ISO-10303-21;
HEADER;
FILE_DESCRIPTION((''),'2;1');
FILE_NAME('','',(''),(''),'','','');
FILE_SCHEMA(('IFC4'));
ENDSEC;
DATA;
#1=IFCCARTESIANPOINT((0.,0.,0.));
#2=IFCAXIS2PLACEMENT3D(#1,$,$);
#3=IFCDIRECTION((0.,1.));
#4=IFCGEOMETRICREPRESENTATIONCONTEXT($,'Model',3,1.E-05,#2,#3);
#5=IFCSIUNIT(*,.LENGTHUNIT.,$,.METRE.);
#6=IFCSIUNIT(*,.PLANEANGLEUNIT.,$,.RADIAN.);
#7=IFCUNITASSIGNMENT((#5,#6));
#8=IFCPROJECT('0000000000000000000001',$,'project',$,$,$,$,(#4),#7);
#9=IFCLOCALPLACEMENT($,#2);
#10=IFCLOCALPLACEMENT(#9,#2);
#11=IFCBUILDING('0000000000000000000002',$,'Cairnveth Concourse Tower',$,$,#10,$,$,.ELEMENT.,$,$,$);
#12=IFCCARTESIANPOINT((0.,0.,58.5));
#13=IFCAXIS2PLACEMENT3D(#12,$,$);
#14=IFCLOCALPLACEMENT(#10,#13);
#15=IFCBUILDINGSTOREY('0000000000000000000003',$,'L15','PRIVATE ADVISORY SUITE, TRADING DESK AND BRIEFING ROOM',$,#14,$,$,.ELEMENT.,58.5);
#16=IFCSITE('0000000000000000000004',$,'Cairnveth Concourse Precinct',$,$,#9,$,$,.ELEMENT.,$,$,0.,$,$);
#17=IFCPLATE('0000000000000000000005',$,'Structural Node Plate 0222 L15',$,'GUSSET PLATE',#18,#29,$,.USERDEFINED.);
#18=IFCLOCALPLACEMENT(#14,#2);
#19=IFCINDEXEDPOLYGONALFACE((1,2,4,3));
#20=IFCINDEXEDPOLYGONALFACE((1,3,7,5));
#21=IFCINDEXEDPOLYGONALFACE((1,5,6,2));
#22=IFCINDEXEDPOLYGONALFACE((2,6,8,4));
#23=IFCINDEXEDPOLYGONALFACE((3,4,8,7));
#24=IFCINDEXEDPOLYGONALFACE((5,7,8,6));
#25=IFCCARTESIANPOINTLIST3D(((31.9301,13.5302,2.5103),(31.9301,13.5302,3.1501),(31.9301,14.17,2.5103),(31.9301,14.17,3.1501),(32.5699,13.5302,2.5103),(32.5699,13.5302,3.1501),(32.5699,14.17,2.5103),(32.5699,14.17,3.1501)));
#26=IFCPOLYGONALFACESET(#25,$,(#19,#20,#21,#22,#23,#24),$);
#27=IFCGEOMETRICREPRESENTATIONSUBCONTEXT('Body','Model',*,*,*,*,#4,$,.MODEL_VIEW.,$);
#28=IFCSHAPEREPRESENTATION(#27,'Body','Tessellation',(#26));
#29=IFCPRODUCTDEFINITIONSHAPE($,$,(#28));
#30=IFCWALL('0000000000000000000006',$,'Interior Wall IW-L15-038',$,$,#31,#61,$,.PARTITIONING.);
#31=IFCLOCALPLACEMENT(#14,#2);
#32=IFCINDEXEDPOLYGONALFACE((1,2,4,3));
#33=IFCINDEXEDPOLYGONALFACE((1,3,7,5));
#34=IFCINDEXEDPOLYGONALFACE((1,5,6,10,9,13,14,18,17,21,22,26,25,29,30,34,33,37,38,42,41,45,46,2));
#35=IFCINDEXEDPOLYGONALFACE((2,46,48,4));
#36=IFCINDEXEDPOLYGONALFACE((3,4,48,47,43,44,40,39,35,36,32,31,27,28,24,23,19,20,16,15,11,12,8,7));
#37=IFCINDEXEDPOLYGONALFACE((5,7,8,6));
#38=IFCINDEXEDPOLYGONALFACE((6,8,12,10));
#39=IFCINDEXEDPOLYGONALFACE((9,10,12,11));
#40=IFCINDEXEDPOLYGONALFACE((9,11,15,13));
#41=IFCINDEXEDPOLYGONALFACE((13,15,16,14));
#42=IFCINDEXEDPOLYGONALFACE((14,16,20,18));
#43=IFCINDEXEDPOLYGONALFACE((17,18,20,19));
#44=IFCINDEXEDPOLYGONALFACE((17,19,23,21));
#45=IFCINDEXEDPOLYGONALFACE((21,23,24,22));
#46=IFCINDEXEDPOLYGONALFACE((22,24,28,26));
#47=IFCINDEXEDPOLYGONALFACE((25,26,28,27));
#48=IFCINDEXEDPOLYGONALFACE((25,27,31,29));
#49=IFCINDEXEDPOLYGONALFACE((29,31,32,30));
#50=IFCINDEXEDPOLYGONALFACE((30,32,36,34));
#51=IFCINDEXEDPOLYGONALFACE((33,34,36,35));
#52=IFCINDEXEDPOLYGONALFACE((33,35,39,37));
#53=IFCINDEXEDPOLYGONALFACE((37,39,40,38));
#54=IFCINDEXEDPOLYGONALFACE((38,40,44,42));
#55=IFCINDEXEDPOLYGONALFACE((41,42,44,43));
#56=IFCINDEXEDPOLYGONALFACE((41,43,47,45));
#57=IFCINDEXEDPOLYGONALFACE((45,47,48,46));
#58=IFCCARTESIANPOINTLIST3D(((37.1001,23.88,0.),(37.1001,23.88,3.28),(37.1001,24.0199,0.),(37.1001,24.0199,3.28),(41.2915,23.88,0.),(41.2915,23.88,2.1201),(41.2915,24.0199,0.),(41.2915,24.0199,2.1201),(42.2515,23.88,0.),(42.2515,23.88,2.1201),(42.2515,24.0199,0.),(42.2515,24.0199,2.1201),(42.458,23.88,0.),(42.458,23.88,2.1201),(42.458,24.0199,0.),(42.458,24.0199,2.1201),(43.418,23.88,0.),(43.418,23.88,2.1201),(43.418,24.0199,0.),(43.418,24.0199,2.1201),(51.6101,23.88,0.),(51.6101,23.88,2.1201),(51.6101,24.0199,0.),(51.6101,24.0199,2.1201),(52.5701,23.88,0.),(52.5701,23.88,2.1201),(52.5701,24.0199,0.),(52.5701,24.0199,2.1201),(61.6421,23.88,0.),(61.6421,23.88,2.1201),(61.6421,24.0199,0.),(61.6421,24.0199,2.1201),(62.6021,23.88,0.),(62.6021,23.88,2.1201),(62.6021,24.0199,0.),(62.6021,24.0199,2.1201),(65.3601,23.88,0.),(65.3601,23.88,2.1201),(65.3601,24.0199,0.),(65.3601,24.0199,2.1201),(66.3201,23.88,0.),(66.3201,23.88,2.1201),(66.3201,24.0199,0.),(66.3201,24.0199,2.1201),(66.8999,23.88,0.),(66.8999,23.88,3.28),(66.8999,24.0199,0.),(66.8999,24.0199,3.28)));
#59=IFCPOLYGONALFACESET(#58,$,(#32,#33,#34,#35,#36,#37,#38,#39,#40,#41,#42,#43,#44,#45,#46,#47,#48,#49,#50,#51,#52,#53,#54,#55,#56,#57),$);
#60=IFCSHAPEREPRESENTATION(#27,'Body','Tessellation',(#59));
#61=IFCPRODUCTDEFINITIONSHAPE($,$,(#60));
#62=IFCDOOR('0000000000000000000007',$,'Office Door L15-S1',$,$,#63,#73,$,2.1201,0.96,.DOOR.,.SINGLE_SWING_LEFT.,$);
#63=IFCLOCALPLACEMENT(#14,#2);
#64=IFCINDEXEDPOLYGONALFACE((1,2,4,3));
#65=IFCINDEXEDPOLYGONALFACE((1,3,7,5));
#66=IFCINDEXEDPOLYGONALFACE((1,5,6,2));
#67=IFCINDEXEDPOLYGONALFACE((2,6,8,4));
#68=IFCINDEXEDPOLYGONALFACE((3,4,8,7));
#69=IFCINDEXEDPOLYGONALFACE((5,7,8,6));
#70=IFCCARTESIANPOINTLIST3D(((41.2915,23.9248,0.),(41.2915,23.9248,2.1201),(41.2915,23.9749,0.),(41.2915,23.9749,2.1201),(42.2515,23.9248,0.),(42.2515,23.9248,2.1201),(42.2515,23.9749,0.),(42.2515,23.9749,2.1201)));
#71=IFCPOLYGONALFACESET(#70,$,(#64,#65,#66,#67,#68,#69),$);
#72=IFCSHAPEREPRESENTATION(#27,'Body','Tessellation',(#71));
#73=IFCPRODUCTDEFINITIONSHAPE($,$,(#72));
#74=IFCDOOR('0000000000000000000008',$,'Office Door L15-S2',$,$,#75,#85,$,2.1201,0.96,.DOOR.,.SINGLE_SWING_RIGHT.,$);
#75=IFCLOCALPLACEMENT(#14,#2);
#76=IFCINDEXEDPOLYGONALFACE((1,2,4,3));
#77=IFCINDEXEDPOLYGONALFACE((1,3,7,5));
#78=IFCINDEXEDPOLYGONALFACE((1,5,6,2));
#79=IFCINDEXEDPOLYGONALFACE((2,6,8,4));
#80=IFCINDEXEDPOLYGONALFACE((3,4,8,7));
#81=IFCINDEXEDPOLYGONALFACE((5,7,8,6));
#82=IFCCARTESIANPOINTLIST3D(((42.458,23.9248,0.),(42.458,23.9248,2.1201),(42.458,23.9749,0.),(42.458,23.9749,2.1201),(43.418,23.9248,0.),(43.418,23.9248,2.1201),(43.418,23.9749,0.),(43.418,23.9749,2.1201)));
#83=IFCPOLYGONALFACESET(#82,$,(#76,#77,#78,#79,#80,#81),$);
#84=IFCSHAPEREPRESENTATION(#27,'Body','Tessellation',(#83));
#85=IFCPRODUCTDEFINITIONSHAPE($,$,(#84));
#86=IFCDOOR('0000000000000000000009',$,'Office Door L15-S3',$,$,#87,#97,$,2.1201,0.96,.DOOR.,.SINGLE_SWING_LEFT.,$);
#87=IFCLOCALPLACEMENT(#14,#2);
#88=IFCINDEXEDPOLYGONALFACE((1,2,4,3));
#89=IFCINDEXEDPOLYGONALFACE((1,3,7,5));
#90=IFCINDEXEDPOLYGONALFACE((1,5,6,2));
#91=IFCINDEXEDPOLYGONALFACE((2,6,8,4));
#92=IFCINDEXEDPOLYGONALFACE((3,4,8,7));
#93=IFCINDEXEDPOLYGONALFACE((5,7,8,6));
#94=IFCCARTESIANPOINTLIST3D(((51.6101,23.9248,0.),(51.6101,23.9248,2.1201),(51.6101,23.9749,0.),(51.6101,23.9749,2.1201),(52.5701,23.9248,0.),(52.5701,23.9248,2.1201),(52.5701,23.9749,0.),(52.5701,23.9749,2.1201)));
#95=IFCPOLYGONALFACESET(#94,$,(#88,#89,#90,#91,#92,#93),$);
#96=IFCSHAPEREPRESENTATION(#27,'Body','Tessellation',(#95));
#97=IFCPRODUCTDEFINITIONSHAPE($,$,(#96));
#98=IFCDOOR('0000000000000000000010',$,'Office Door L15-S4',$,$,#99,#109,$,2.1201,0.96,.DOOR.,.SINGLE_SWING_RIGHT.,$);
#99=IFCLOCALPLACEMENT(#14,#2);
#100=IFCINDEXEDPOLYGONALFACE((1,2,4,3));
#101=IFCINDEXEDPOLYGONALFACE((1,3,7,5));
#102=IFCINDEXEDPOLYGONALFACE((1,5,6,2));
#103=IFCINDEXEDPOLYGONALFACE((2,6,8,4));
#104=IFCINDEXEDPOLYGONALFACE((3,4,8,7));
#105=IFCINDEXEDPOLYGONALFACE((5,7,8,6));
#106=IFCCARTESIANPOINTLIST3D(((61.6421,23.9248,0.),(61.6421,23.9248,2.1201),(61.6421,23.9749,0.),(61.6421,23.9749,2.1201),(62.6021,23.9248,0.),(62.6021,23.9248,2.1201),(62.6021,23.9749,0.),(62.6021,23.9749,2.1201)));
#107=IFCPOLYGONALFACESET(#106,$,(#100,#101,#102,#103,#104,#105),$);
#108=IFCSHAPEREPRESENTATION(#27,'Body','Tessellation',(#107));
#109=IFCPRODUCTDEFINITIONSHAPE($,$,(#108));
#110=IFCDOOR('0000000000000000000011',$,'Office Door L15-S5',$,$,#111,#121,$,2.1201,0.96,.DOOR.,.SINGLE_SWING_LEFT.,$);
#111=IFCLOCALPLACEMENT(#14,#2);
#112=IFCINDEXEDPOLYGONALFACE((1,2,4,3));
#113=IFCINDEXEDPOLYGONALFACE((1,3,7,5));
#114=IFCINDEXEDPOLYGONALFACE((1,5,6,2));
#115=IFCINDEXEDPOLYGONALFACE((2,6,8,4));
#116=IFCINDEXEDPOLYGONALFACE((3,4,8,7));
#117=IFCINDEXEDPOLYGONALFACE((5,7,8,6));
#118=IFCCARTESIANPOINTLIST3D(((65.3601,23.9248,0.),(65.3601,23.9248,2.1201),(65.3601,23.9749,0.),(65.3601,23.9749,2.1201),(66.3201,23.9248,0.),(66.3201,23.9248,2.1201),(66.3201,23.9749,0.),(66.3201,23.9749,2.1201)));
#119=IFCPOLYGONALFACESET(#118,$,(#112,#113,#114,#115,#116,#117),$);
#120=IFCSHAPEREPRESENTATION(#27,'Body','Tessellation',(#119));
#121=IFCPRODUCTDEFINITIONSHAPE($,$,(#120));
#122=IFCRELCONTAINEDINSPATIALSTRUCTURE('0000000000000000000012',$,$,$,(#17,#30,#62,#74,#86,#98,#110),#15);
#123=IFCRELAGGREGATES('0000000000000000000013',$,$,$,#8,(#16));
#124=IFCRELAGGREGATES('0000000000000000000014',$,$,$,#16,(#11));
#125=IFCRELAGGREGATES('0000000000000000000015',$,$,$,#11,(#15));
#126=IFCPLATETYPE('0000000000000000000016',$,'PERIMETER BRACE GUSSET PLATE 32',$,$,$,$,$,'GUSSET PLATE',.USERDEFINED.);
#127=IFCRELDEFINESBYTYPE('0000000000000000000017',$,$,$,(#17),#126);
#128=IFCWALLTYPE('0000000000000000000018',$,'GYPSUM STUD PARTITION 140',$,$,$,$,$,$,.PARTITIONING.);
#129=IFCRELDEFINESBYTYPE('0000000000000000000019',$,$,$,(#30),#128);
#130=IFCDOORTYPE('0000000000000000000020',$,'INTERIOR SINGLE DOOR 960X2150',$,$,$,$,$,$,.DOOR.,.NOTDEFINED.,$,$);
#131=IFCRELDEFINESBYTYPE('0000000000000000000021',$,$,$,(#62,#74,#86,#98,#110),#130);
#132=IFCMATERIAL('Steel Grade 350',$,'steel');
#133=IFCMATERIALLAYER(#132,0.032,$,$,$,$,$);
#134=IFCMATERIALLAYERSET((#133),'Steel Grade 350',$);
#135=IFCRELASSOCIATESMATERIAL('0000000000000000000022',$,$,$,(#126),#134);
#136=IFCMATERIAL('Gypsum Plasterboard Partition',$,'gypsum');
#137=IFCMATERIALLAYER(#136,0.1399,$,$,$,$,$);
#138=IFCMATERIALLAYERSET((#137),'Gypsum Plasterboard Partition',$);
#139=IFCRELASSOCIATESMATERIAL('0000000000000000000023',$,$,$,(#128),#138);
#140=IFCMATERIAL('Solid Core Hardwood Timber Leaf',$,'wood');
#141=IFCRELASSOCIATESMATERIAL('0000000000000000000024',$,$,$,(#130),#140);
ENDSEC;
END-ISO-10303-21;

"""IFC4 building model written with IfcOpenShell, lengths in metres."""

from ifc_helpers import new_model, si_unit, direction, frame, frame_2d, origin, origin_2d, place, context, subcontext, project, spatial, rectangle, extrude, material, layer, layer_set, type_object, element, fill, save


model = new_model("IFC4")

# Units and contexts
model_context = context("Model", 3, precision=1e-05, world=origin(), true_north=direction((0.0, 1.0)))
body_context = subcontext(model_context, "Body", "Model", "MODEL_VIEW")
ifc_project = project(units=[si_unit("LENGTHUNIT", "METRE"), si_unit("PLANEANGLEUNIT", "RADIAN")], contexts=[model_context])

# Site, building, storey
site_placement = place(None, origin())
site = spatial("IfcSite", under=ifc_project, at=site_placement, Name="Cairnveth Concourse Precinct", CompositionType="ELEMENT", RefElevation=0.0)
building_placement = place(site_placement, origin())
building = spatial("IfcBuilding", under=site, at=building_placement, Name="Cairnveth Concourse Tower", CompositionType="ELEMENT")
storey_placement = place(building_placement, frame((0.0, 0.0, 58.5)))
storey = spatial("IfcBuildingStorey", under=building, at=storey_placement, Name="L15", Description="PRIVATE ADVISORY SUITE, TRADING DESK AND BRIEFING ROOM", CompositionType="ELEMENT", Elevation=58.5)

# Plate
ifc_material_1 = material(Name="Steel Grade 350", Category="steel")
ifc_layer_1 = layer(ifc_material_1, 0.032)
ifc_layer_set_1 = layer_set([ifc_layer_1], Name="Steel Grade 350")
plate_type = type_object("IfcPlateType", Name="PERIMETER BRACE GUSSET PLATE 32", ElementType="GUSSET PLATE", PredefinedType="USERDEFINED", material=ifc_layer_set_1)
plate_placement = place(storey_placement, frame((32.25, 13.8501, 2.5103), z_axis=(0.0, 0.0, 1.0), x_axis=(1.0, 0.0, 0.0)))
element("IfcPlate", 1, at=plate_placement, inside=storey, type_object=plate_type, Name="Structural Node Plate 0222 L15", ObjectType="GUSSET PLATE", PredefinedType="USERDEFINED", context=body_context, shape_type="SweptSolid", body=[
    extrude(rectangle(XDim=0.6399, YDim=0.6399, at=origin_2d()), origin(), (0.0, 0.0, 1.0), 0.6399),
])

# Wall, openings, doors
ifc_material_2 = material(Name="Gypsum Plasterboard Partition", Category="gypsum")
ifc_layer_2 = layer(ifc_material_2, 0.1399)
ifc_layer_set_2 = layer_set([ifc_layer_2], Name="Gypsum Plasterboard Partition")
wall_type = type_object("IfcWallType", Name="GYPSUM STUD PARTITION 140", PredefinedType="PARTITIONING", material=ifc_layer_set_2)
wall_1_placement = place(storey_placement, frame((37.1001, 23.95, 0.0), z_axis=(0.0, 0.0, 1.0), x_axis=(1.0, 0.0, 0.0)))
wall_1 = element("IfcWall", 2, at=wall_1_placement, inside=storey, type_object=wall_type, Name="Interior Wall IW-L15-038", PredefinedType="PARTITIONING", context=body_context, shape_type="SweptSolid", body=[
    extrude(rectangle(XDim=29.7998, YDim=0.1399, at=frame_2d((14.8999, 0.0))), origin(), (0.0, 0.0, 1.0), 3.28),
])
opening_1_placement = place(wall_1_placement, frame((4.1914, 0.0, 0.0)))
opening_1 = element("IfcOpeningElement", 3, at=opening_1_placement, cuts=wall_1, PredefinedType="OPENING", context=body_context, shape_type="SweptSolid", body=[
    extrude(rectangle(XDim=0.96, YDim=2.1201, at=frame_2d((0.48, 1.0601))), frame((0.0, 0.0798, 0.0), z_axis=(0.0, -1.0, 0.0), x_axis=(1.0, 0.0, 0.0)), (0.0, 0.0, 1.0), 0.1599),
])
opening_2_placement = place(wall_1_placement, frame((5.3579, 0.0, 0.0)))
opening_2 = element("IfcOpeningElement", 4, at=opening_2_placement, cuts=wall_1, PredefinedType="OPENING", context=body_context, shape_type="SweptSolid", body=[
    extrude(rectangle(XDim=0.96, YDim=2.1201, at=frame_2d((0.48, 1.0601))), frame((0.0, 0.0798, 0.0), z_axis=(0.0, -1.0, 0.0), x_axis=(1.0, 0.0, 0.0)), (0.0, 0.0, 1.0), 0.1599),
])
opening_3_placement = place(wall_1_placement, frame((14.51, 0.0, 0.0)))
opening_3 = element("IfcOpeningElement", 5, at=opening_3_placement, cuts=wall_1, PredefinedType="OPENING", context=body_context, shape_type="SweptSolid", body=[
    extrude(rectangle(XDim=0.96, YDim=2.1201, at=frame_2d((0.48, 1.0601))), frame((0.0, 0.0798, 0.0), z_axis=(0.0, -1.0, 0.0), x_axis=(1.0, 0.0, 0.0)), (0.0, 0.0, 1.0), 0.1599),
])
opening_4_placement = place(wall_1_placement, frame((24.542, 0.0, 0.0)))
opening_4 = element("IfcOpeningElement", 6, at=opening_4_placement, cuts=wall_1, PredefinedType="OPENING", context=body_context, shape_type="SweptSolid", body=[
    extrude(rectangle(XDim=0.96, YDim=2.1201, at=frame_2d((0.48, 1.0601))), frame((0.0, 0.0798, 0.0), z_axis=(0.0, -1.0, 0.0), x_axis=(1.0, 0.0, 0.0)), (0.0, 0.0, 1.0), 0.1599),
])
opening_5_placement = place(wall_1_placement, frame((28.26, 0.0, 0.0)))
opening_5 = element("IfcOpeningElement", 7, at=opening_5_placement, cuts=wall_1, PredefinedType="OPENING", context=body_context, shape_type="SweptSolid", body=[
    extrude(rectangle(XDim=0.96, YDim=2.1201, at=frame_2d((0.48, 1.0601))), frame((0.0, 0.0798, 0.0), z_axis=(0.0, -1.0, 0.0), x_axis=(1.0, 0.0, 0.0)), (0.0, 0.0, 1.0), 0.1599),
])
ifc_material_3 = material(Name="Solid Core Hardwood Timber Leaf", Category="wood")
door_type = type_object("IfcDoorType", Name="INTERIOR SINGLE DOOR 960X2150", OperationType="NOTDEFINED", PredefinedType="DOOR", material=ifc_material_3)
door_1_placement = place(opening_1_placement, origin())
door_1 = element("IfcDoor", 8, at=door_1_placement, inside=storey, type_object=door_type, Name="Office Door L15-S1", OperationType="SINGLE_SWING_LEFT", OverallHeight=2.1201, OverallWidth=0.96, PredefinedType="DOOR", context=body_context, shape_type="SweptSolid", body=[
    extrude(rectangle(XDim=0.96, YDim=2.1201, at=frame_2d((0.48, 1.0601))), frame((0.0, 0.0249, 0.0), z_axis=(0.0, -1.0, 0.0), x_axis=(1.0, 0.0, 0.0)), (0.0, 0.0, 1.0), 0.05),
])
fill(opening_1, door_1)
door_2_placement = place(opening_2_placement, origin())
door_2 = element("IfcDoor", 9, at=door_2_placement, inside=storey, type_object=door_type, Name="Office Door L15-S2", OperationType="SINGLE_SWING_RIGHT", OverallHeight=2.1201, OverallWidth=0.96, PredefinedType="DOOR", context=body_context, shape_type="SweptSolid", body=[
    extrude(rectangle(XDim=0.96, YDim=2.1201, at=frame_2d((0.48, 1.0601))), frame((0.0, 0.0249, 0.0), z_axis=(0.0, -1.0, 0.0), x_axis=(1.0, 0.0, 0.0)), (0.0, 0.0, 1.0), 0.05),
])
fill(opening_2, door_2)
door_3_placement = place(opening_3_placement, origin())
door_3 = element("IfcDoor", 10, at=door_3_placement, inside=storey, type_object=door_type, Name="Office Door L15-S3", OperationType="SINGLE_SWING_LEFT", OverallHeight=2.1201, OverallWidth=0.96, PredefinedType="DOOR", context=body_context, shape_type="SweptSolid", body=[
    extrude(rectangle(XDim=0.96, YDim=2.1201, at=frame_2d((0.48, 1.0601))), frame((0.0, 0.0249, 0.0), z_axis=(0.0, -1.0, 0.0), x_axis=(1.0, 0.0, 0.0)), (0.0, 0.0, 1.0), 0.05),
])
fill(opening_3, door_3)
door_4_placement = place(opening_4_placement, origin())
door_4 = element("IfcDoor", 11, at=door_4_placement, inside=storey, type_object=door_type, Name="Office Door L15-S4", OperationType="SINGLE_SWING_RIGHT", OverallHeight=2.1201, OverallWidth=0.96, PredefinedType="DOOR", context=body_context, shape_type="SweptSolid", body=[
    extrude(rectangle(XDim=0.96, YDim=2.1201, at=frame_2d((0.48, 1.0601))), frame((0.0, 0.0249, 0.0), z_axis=(0.0, -1.0, 0.0), x_axis=(1.0, 0.0, 0.0)), (0.0, 0.0, 1.0), 0.05),
])
fill(opening_4, door_4)
door_5_placement = place(opening_5_placement, origin())
door_5 = element("IfcDoor", 12, at=door_5_placement, inside=storey, type_object=door_type, Name="Office Door L15-S5", OperationType="SINGLE_SWING_LEFT", OverallHeight=2.1201, OverallWidth=0.96, PredefinedType="DOOR", context=body_context, shape_type="SweptSolid", body=[
    extrude(rectangle(XDim=0.96, YDim=2.1201, at=frame_2d((0.48, 1.0601))), frame((0.0, 0.0249, 0.0), z_axis=(0.0, -1.0, 0.0), x_axis=(1.0, 0.0, 0.0)), (0.0, 0.0, 1.0), 0.05),
])
fill(opening_5, door_5)

save(model, "model.ifc")
